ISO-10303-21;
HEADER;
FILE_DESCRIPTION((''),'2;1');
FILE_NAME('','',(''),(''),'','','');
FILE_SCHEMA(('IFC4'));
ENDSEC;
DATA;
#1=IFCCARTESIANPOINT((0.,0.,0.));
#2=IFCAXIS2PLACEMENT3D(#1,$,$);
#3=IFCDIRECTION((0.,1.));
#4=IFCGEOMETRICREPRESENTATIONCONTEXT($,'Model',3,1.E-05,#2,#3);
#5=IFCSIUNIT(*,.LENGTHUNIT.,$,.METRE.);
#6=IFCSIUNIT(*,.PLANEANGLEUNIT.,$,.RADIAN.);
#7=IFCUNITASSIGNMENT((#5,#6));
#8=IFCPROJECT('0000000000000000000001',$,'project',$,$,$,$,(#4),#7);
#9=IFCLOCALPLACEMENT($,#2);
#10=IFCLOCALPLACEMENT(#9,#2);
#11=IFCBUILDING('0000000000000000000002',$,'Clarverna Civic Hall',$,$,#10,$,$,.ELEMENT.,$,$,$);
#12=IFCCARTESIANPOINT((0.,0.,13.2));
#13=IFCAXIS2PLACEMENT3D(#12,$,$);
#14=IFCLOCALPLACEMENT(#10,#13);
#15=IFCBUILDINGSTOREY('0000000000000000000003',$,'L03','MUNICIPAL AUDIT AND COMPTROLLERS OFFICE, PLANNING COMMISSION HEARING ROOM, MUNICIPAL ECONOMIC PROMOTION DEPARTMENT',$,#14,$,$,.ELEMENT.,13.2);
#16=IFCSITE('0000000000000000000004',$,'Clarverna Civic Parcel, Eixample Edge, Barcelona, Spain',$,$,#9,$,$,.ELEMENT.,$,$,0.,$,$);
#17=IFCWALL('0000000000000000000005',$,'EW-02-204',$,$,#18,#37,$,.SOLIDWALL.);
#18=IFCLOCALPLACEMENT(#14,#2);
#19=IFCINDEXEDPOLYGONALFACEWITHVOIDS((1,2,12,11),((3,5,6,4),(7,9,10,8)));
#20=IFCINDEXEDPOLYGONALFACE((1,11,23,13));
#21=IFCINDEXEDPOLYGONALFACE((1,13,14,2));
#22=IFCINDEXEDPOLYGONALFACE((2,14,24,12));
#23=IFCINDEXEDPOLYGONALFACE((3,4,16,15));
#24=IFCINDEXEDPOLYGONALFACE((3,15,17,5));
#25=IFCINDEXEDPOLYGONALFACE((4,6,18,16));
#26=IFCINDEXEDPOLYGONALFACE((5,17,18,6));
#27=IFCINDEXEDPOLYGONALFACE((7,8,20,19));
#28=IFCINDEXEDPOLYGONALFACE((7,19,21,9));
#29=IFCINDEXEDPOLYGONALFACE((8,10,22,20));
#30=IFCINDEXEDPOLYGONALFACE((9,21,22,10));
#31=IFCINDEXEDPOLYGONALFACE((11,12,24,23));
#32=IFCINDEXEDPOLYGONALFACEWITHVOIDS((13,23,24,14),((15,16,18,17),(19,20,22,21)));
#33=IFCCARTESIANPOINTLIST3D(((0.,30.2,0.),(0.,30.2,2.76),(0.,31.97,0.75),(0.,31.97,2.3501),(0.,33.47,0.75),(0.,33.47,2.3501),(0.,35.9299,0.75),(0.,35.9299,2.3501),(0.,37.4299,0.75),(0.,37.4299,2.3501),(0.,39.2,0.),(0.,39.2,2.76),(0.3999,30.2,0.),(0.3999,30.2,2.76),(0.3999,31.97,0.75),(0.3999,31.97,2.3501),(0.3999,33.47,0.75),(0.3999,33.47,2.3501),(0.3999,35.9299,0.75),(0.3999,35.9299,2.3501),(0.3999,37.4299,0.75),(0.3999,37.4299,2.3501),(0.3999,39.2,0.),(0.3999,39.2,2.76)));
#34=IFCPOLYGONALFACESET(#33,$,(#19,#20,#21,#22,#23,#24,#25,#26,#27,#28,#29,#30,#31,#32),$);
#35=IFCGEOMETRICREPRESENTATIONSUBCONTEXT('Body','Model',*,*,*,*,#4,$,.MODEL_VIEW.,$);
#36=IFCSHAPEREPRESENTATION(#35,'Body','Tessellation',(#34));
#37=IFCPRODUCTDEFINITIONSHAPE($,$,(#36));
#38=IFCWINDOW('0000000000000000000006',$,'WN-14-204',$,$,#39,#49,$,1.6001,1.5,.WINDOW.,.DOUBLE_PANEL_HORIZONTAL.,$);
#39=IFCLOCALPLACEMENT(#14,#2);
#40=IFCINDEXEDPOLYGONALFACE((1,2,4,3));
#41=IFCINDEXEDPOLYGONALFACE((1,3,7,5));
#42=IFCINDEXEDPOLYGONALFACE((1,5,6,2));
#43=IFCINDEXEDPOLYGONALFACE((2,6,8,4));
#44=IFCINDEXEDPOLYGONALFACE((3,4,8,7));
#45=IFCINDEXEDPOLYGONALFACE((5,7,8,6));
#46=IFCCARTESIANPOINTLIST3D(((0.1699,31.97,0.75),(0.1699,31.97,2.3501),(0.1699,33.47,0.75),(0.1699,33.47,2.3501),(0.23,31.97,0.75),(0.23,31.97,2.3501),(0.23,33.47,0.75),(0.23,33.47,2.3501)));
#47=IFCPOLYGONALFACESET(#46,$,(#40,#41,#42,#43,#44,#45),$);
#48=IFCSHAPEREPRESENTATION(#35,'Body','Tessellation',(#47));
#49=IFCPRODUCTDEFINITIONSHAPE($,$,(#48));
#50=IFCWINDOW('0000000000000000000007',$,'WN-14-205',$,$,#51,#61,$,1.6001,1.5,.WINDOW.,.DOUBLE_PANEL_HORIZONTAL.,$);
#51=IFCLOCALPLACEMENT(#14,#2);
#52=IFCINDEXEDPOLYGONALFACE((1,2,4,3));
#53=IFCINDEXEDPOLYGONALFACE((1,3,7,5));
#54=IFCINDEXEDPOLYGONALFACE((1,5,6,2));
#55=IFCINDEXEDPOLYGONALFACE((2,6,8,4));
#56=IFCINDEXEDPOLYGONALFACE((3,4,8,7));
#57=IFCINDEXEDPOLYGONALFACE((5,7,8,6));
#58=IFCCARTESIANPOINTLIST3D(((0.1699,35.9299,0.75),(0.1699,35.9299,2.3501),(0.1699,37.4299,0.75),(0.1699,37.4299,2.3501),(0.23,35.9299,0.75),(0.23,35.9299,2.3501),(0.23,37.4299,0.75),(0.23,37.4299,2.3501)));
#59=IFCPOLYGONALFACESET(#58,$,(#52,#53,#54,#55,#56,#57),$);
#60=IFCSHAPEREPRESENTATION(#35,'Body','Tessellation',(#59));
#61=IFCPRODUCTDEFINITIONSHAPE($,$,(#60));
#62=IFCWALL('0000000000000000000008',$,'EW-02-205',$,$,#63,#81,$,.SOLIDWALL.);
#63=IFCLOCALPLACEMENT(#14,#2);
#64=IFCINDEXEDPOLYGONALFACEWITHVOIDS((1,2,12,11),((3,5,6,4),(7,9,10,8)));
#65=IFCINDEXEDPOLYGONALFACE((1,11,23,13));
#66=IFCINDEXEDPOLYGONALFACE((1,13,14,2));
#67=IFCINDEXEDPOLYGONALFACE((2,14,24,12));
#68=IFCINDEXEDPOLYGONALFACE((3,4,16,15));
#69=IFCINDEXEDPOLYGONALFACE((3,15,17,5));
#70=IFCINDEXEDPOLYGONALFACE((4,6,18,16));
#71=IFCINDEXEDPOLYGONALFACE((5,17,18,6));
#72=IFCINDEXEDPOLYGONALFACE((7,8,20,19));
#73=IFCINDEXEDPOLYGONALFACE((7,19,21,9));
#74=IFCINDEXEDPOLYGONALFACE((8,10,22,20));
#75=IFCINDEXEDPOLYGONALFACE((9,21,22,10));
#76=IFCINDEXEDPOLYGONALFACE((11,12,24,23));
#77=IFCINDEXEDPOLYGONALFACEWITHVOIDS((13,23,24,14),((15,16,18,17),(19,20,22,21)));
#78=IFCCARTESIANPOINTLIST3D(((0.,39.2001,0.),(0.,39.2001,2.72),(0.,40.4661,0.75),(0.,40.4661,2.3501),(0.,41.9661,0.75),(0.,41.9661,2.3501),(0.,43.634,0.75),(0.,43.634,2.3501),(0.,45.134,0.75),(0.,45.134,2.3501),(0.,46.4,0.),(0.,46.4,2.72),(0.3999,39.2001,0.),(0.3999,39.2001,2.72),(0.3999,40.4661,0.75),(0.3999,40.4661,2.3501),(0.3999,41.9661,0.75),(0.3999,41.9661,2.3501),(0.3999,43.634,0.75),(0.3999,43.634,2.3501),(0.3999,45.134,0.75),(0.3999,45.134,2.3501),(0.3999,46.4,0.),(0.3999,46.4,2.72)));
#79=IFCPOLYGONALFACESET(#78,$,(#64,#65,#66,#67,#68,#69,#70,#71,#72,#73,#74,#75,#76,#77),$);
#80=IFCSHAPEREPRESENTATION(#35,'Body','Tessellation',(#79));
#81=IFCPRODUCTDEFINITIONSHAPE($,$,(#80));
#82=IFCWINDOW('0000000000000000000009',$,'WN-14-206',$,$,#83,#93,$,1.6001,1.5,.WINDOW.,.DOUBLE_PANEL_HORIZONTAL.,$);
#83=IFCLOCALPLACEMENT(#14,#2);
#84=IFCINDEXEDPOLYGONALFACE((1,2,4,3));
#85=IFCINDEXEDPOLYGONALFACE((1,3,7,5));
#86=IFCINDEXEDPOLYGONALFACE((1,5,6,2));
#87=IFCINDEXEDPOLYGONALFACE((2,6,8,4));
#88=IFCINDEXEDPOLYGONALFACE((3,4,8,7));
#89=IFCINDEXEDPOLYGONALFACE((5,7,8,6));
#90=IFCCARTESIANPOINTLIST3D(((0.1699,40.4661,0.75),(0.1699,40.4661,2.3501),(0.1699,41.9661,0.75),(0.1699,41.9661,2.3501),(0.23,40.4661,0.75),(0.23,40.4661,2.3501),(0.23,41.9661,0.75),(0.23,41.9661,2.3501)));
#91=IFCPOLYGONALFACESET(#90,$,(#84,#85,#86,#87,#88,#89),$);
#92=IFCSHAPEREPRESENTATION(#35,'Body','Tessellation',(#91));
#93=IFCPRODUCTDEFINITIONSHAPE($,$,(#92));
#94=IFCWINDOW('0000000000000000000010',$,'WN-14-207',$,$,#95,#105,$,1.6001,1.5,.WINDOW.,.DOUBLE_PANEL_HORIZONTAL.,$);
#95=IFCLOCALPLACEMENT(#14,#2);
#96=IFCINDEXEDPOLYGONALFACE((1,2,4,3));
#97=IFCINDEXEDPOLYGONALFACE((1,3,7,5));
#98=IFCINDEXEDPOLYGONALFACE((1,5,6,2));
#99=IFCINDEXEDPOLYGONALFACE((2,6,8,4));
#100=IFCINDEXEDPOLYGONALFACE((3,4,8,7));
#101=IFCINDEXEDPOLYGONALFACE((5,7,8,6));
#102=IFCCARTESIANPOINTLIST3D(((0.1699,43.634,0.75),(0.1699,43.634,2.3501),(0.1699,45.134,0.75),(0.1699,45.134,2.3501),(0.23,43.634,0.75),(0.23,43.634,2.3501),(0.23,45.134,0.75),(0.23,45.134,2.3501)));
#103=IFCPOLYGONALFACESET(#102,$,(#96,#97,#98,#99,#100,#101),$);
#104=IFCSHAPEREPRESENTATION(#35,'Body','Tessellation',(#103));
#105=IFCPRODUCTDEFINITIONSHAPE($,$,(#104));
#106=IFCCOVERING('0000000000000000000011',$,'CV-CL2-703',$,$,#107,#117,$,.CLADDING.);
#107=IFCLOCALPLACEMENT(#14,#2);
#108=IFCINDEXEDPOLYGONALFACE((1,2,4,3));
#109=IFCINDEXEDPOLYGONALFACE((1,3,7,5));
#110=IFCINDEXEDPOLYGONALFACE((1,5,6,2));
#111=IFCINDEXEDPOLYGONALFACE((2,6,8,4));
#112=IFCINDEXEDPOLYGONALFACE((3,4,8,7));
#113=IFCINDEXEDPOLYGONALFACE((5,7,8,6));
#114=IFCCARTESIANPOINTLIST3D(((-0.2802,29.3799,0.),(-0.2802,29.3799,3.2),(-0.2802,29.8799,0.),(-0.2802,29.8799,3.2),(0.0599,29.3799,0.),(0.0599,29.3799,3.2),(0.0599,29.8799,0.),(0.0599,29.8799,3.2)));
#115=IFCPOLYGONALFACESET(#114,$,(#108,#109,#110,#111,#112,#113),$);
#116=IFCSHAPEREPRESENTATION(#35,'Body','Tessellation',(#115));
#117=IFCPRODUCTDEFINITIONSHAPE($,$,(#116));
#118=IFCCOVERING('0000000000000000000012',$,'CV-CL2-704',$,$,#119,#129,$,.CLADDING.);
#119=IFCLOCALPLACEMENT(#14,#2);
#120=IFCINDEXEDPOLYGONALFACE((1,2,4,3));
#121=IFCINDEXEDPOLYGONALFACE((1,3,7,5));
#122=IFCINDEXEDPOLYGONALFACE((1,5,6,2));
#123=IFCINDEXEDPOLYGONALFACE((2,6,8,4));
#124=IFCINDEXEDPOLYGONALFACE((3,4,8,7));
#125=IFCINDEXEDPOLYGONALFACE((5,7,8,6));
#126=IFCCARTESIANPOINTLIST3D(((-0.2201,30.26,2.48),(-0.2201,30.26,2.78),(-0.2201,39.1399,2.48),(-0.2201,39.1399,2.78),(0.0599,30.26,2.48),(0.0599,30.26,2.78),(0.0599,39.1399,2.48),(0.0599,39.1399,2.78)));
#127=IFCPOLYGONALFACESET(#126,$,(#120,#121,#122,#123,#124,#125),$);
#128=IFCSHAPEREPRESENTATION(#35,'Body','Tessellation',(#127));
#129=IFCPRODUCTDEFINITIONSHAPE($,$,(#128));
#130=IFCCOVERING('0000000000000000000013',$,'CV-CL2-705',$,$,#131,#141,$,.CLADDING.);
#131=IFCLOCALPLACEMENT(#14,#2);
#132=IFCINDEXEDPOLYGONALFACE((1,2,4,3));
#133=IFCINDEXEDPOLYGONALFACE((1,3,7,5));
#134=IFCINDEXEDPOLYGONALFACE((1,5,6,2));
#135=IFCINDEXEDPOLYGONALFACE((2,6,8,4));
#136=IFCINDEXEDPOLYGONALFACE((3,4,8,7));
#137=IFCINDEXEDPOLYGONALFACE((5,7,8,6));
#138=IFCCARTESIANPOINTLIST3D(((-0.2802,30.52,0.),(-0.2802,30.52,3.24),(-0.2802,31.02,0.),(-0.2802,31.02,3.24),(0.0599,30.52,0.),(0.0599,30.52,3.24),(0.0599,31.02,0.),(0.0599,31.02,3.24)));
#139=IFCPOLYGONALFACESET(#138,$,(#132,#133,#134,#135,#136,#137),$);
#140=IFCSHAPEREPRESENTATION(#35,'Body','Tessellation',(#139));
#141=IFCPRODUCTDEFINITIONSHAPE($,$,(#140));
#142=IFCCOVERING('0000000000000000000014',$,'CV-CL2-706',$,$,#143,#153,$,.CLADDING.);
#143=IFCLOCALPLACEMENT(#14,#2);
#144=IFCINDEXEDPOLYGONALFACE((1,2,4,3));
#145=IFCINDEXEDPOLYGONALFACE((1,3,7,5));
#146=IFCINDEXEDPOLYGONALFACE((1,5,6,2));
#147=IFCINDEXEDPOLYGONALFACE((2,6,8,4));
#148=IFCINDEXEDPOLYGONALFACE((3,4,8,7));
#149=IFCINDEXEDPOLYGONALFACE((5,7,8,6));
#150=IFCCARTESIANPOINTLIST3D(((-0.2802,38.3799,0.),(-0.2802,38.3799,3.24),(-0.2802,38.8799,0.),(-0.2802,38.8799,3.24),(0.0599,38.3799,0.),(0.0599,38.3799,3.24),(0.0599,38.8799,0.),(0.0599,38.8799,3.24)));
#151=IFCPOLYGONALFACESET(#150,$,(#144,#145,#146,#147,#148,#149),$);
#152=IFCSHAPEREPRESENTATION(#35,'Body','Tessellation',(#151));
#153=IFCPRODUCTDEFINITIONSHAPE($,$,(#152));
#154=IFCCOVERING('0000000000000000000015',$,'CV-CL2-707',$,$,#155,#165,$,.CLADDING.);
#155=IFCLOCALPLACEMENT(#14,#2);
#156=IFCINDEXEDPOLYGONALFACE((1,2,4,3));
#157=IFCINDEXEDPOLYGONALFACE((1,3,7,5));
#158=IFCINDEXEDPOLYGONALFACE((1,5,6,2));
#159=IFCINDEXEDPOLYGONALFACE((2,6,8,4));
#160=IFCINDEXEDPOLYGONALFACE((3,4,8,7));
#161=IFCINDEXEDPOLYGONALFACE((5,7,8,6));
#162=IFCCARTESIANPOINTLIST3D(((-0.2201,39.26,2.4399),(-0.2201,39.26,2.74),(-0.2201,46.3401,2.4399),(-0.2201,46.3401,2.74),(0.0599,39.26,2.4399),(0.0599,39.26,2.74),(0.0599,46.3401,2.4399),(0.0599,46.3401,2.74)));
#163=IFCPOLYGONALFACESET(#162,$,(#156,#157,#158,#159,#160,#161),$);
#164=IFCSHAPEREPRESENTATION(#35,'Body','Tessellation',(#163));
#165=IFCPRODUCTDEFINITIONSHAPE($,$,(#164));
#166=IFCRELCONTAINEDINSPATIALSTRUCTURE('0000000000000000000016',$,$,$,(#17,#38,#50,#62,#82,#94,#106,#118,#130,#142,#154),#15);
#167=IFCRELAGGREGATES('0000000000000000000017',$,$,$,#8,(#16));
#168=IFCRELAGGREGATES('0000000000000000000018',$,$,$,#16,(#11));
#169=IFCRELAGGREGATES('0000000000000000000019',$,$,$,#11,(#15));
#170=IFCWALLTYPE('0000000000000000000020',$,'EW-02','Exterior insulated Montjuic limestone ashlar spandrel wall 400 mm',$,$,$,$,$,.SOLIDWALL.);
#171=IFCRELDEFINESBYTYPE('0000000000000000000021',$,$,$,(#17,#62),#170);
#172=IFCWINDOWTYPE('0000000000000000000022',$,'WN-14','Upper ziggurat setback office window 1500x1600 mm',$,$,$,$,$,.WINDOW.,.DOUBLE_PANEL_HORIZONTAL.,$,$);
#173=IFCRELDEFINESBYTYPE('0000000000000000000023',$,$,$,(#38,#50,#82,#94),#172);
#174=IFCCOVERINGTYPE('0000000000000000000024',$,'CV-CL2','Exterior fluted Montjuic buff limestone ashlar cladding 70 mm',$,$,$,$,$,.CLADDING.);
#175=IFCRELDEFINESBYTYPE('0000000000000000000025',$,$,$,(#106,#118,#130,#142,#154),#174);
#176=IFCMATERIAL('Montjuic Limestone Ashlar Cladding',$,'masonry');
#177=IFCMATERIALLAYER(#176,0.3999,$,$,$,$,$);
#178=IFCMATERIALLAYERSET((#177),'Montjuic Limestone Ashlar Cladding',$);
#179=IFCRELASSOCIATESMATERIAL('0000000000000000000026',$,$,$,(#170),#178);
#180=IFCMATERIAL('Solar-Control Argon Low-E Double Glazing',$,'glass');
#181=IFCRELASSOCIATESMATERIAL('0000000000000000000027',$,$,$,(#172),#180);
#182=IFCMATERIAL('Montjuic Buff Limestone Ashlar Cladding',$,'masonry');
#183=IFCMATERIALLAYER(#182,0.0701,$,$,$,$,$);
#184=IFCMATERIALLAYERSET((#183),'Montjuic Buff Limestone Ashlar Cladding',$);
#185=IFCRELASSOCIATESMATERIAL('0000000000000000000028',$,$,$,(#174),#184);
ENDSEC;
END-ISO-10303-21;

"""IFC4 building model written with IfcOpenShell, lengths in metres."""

from ifc_helpers import new_model, si_unit, direction, frame, frame_2d, origin, place, context, subcontext, project, spatial, rectangle, extrude, material, layer, layer_set, type_object, element, fill, save


model = new_model("IFC4")

# Units and contexts
model_context = context("Model", 3, precision=1e-05, world=origin(), true_north=direction((0.0, 1.0)))
body_context = subcontext(model_context, "Body", "Model", "MODEL_VIEW")
ifc_project = project(units=[si_unit("LENGTHUNIT", "METRE"), si_unit("PLANEANGLEUNIT", "RADIAN")], contexts=[model_context])

# Site, building, storey
site_placement = place(None, origin())
site = spatial("IfcSite", under=ifc_project, at=site_placement, Name="Clarverna Civic Parcel, Eixample Edge, Barcelona, Spain", CompositionType="ELEMENT", RefElevation=0.0)
building_placement = place(site_placement, origin())
building = spatial("IfcBuilding", under=site, at=building_placement, Name="Clarverna Civic Hall", CompositionType="ELEMENT")
storey_placement = place(building_placement, frame((0.0, 0.0, 13.2)))
storey = spatial("IfcBuildingStorey", under=building, at=storey_placement, Name="L03", Description="MUNICIPAL AUDIT AND COMPTROLLERS OFFICE, PLANNING COMMISSION HEARING ROOM, MUNICIPAL ECONOMIC PROMOTION DEPARTMENT", CompositionType="ELEMENT", Elevation=13.2)

# Walls, openings, windows
ifc_material_1 = material(Name="Montjuic Limestone Ashlar Cladding", Category="masonry")
ifc_layer_1 = layer(ifc_material_1, 0.3999)
ifc_layer_set_1 = layer_set([ifc_layer_1], Name="Montjuic Limestone Ashlar Cladding")
wall_type = type_object("IfcWallType", Name="EW-02", Description="Exterior insulated Montjuic limestone ashlar spandrel wall 400 mm", PredefinedType="SOLIDWALL", material=ifc_layer_set_1)
wall_1_placement = place(storey_placement, frame((0.2, 30.2, 0.0), z_axis=(0.0, 0.0, 1.0), x_axis=(0.0, 1.0, 0.0)))
wall_1 = element("IfcWall", 1, at=wall_1_placement, inside=storey, type_object=wall_type, Name="EW-02-204", PredefinedType="SOLIDWALL", context=body_context, shape_type="SweptSolid", body=[
    extrude(rectangle(XDim=9.0, YDim=0.3999, at=frame_2d((4.5, 0.0))), origin(), (0.0, 0.0, 1.0), 2.76),
])
opening_1_placement = place(wall_1_placement, frame((1.77, 0.0, 0.75)))
opening_1 = element("IfcOpeningElement", 2, at=opening_1_placement, cuts=wall_1, PredefinedType="OPENING", context=body_context, shape_type="SweptSolid", body=[
    extrude(rectangle(XDim=1.5, YDim=1.6001, at=frame_2d((0.75, 0.8))), frame((0.0, 0.21, 0.0), z_axis=(0.0, -1.0, 0.0), x_axis=(1.0, 0.0, 0.0)), (0.0, 0.0, 1.0), 0.4199),
])
opening_2_placement = place(wall_1_placement, frame((5.73, 0.0, 0.75)))
opening_2 = element("IfcOpeningElement", 3, at=opening_2_placement, cuts=wall_1, PredefinedType="OPENING", context=body_context, shape_type="SweptSolid", body=[
    extrude(rectangle(XDim=1.5, YDim=1.6001, at=frame_2d((0.75, 0.8))), frame((0.0, 0.21, 0.0), z_axis=(0.0, -1.0, 0.0), x_axis=(1.0, 0.0, 0.0)), (0.0, 0.0, 1.0), 0.4199),
])
ifc_material_2 = material(Name="Solar-Control Argon Low-E Double Glazing", Category="glass")
window_type = type_object("IfcWindowType", Name="WN-14", Description="Upper ziggurat setback office window 1500x1600 mm", PartitioningType="DOUBLE_PANEL_HORIZONTAL", PredefinedType="WINDOW", material=ifc_material_2)
window_1_placement = place(opening_1_placement, origin())
window_1 = element("IfcWindow", 4, at=window_1_placement, inside=storey, type_object=window_type, Name="WN-14-204", OverallHeight=1.6001, OverallWidth=1.5, PartitioningType="DOUBLE_PANEL_HORIZONTAL", PredefinedType="WINDOW", context=body_context, shape_type="SweptSolid", body=[
    extrude(rectangle(XDim=1.5, YDim=1.6001, at=frame_2d((0.75, 0.8))), frame((0.0, 0.03, 0.0), z_axis=(0.0, -1.0, 0.0), x_axis=(1.0, 0.0, 0.0)), (0.0, 0.0, 1.0), 0.0601),
])
fill(opening_1, window_1)
window_2_placement = place(opening_2_placement, origin())
window_2 = element("IfcWindow", 5, at=window_2_placement, inside=storey, type_object=window_type, Name="WN-14-205", OverallHeight=1.6001, OverallWidth=1.5, PartitioningType="DOUBLE_PANEL_HORIZONTAL", PredefinedType="WINDOW", context=body_context, shape_type="SweptSolid", body=[
    extrude(rectangle(XDim=1.5, YDim=1.6001, at=frame_2d((0.75, 0.8))), frame((0.0, 0.03, 0.0), z_axis=(0.0, -1.0, 0.0), x_axis=(1.0, 0.0, 0.0)), (0.0, 0.0, 1.0), 0.0601),
])
fill(opening_2, window_2)
wall_2_placement = place(storey_placement, frame((0.2, 39.2, 0.0), z_axis=(0.0, 0.0, 1.0), x_axis=(0.0, 1.0, 0.0)))
wall_2 = element("IfcWall", 6, at=wall_2_placement, inside=storey, type_object=wall_type, Name="EW-02-205", PredefinedType="SOLIDWALL", context=body_context, shape_type="SweptSolid", body=[
    extrude(rectangle(XDim=7.2, YDim=0.3999, at=frame_2d((3.6001, 0.0))), origin(), (0.0, 0.0, 1.0), 2.72),
])
opening_3_placement = place(wall_2_placement, frame((1.2661, 0.0, 0.75)))
opening_3 = element("IfcOpeningElement", 7, at=opening_3_placement, cuts=wall_2, PredefinedType="OPENING", context=body_context, shape_type="SweptSolid", body=[
    extrude(rectangle(XDim=1.5, YDim=1.6001, at=frame_2d((0.75, 0.8))), frame((0.0, 0.21, 0.0), z_axis=(0.0, -1.0, 0.0), x_axis=(1.0, 0.0, 0.0)), (0.0, 0.0, 1.0), 0.4199),
])
opening_4_placement = place(wall_2_placement, frame((4.4341, 0.0, 0.75)))
opening_4 = element("IfcOpeningElement", 8, at=opening_4_placement, cuts=wall_2, PredefinedType="OPENING", context=body_context, shape_type="SweptSolid", body=[
    extrude(rectangle(XDim=1.5, YDim=1.6001, at=frame_2d((0.75, 0.8))), frame((0.0, 0.21, 0.0), z_axis=(0.0, -1.0, 0.0), x_axis=(1.0, 0.0, 0.0)), (0.0, 0.0, 1.0), 0.4199),
])
window_3_placement = place(opening_3_placement, origin())
window_3 = element("IfcWindow", 9, at=window_3_placement, inside=storey, type_object=window_type, Name="WN-14-206", OverallHeight=1.6001, OverallWidth=1.5, PartitioningType="DOUBLE_PANEL_HORIZONTAL", PredefinedType="WINDOW", context=body_context, shape_type="SweptSolid", body=[
    extrude(rectangle(XDim=1.5, YDim=1.6001, at=frame_2d((0.75, 0.8))), frame((0.0, 0.03, 0.0), z_axis=(0.0, -1.0, 0.0), x_axis=(1.0, 0.0, 0.0)), (0.0, 0.0, 1.0), 0.0601),
])
fill(opening_3, window_3)
window_4_placement = place(opening_4_placement, origin())
window_4 = element("IfcWindow", 10, at=window_4_placement, inside=storey, type_object=window_type, Name="WN-14-207", OverallHeight=1.6001, OverallWidth=1.5, PartitioningType="DOUBLE_PANEL_HORIZONTAL", PredefinedType="WINDOW", context=body_context, shape_type="SweptSolid", body=[
    extrude(rectangle(XDim=1.5, YDim=1.6001, at=frame_2d((0.75, 0.8))), frame((0.0, 0.03, 0.0), z_axis=(0.0, -1.0, 0.0), x_axis=(1.0, 0.0, 0.0)), (0.0, 0.0, 1.0), 0.0601),
])
fill(opening_4, window_4)

# Coverings
ifc_material_3 = material(Name="Montjuic Buff Limestone Ashlar Cladding", Category="masonry")
ifc_layer_2 = layer(ifc_material_3, 0.0701)
ifc_layer_set_2 = layer_set([ifc_layer_2], Name="Montjuic Buff Limestone Ashlar Cladding")
covering_type = type_object("IfcCoveringType", Name="CV-CL2", Description="Exterior fluted Montjuic buff limestone ashlar cladding 70 mm", PredefinedType="CLADDING", material=ifc_layer_set_2)
covering_1_placement = place(storey_placement, frame((-0.1101, 29.3799, 0.0), z_axis=(0.0, 0.0, 1.0), x_axis=(0.0, 1.0, 0.0)))
element("IfcCovering", 11, at=covering_1_placement, inside=storey, type_object=covering_type, Name="CV-CL2-703", PredefinedType="CLADDING", context=body_context, shape_type="SweptSolid", body=[
    extrude(rectangle(XDim=0.5, YDim=0.3401, at=frame_2d((0.25, 0.0))), origin(), (0.0, 0.0, 1.0), 3.2),
])
covering_2_placement = place(storey_placement, frame((-0.0801, 30.26, 2.48), z_axis=(0.0, 0.0, 1.0), x_axis=(0.0, 1.0, 0.0)))
element("IfcCovering", 12, at=covering_2_placement, inside=storey, type_object=covering_type, Name="CV-CL2-704", PredefinedType="CLADDING", context=body_context, shape_type="SweptSolid", body=[
    extrude(rectangle(XDim=8.8799, YDim=0.28, at=frame_2d((4.4399, 0.0))), origin(), (0.0, 0.0, 1.0), 0.3),
])
for number, where, z_axis, x_axis, name in (
    (13, (-0.1101, 30.52, 0.0), (0.0, 0.0, 1.0), (0.0, 1.0, 0.0), "CV-CL2-705"),
    (14, (-0.1101, 38.3799, 0.0), (0.0, 0.0, 1.0), (0.0, 1.0, 0.0), "CV-CL2-706"),
):
    element("IfcCovering", number, at=place(storey_placement, frame(where, z_axis=z_axis, x_axis=x_axis)), inside=storey, type_object=covering_type, Name=name, PredefinedType="CLADDING", context=body_context, shape_type="SweptSolid", body=[
        extrude(rectangle(XDim=0.5, YDim=0.3401, at=frame_2d((0.25, 0.0))), origin(), (0.0, 0.0, 1.0), 3.24),
    ])
covering_3_placement = place(storey_placement, frame((-0.0801, 39.26, 2.4399), z_axis=(0.0, 0.0, 1.0), x_axis=(0.0, 1.0, 0.0)))
element("IfcCovering", 15, at=covering_3_placement, inside=storey, type_object=covering_type, Name="CV-CL2-707", PredefinedType="CLADDING", context=body_context, shape_type="SweptSolid", body=[
    extrude(rectangle(XDim=7.0801, YDim=0.28, at=frame_2d((3.54, 0.0))), origin(), (0.0, 0.0, 1.0), 0.3),
])

save(model, "model.ifc")
